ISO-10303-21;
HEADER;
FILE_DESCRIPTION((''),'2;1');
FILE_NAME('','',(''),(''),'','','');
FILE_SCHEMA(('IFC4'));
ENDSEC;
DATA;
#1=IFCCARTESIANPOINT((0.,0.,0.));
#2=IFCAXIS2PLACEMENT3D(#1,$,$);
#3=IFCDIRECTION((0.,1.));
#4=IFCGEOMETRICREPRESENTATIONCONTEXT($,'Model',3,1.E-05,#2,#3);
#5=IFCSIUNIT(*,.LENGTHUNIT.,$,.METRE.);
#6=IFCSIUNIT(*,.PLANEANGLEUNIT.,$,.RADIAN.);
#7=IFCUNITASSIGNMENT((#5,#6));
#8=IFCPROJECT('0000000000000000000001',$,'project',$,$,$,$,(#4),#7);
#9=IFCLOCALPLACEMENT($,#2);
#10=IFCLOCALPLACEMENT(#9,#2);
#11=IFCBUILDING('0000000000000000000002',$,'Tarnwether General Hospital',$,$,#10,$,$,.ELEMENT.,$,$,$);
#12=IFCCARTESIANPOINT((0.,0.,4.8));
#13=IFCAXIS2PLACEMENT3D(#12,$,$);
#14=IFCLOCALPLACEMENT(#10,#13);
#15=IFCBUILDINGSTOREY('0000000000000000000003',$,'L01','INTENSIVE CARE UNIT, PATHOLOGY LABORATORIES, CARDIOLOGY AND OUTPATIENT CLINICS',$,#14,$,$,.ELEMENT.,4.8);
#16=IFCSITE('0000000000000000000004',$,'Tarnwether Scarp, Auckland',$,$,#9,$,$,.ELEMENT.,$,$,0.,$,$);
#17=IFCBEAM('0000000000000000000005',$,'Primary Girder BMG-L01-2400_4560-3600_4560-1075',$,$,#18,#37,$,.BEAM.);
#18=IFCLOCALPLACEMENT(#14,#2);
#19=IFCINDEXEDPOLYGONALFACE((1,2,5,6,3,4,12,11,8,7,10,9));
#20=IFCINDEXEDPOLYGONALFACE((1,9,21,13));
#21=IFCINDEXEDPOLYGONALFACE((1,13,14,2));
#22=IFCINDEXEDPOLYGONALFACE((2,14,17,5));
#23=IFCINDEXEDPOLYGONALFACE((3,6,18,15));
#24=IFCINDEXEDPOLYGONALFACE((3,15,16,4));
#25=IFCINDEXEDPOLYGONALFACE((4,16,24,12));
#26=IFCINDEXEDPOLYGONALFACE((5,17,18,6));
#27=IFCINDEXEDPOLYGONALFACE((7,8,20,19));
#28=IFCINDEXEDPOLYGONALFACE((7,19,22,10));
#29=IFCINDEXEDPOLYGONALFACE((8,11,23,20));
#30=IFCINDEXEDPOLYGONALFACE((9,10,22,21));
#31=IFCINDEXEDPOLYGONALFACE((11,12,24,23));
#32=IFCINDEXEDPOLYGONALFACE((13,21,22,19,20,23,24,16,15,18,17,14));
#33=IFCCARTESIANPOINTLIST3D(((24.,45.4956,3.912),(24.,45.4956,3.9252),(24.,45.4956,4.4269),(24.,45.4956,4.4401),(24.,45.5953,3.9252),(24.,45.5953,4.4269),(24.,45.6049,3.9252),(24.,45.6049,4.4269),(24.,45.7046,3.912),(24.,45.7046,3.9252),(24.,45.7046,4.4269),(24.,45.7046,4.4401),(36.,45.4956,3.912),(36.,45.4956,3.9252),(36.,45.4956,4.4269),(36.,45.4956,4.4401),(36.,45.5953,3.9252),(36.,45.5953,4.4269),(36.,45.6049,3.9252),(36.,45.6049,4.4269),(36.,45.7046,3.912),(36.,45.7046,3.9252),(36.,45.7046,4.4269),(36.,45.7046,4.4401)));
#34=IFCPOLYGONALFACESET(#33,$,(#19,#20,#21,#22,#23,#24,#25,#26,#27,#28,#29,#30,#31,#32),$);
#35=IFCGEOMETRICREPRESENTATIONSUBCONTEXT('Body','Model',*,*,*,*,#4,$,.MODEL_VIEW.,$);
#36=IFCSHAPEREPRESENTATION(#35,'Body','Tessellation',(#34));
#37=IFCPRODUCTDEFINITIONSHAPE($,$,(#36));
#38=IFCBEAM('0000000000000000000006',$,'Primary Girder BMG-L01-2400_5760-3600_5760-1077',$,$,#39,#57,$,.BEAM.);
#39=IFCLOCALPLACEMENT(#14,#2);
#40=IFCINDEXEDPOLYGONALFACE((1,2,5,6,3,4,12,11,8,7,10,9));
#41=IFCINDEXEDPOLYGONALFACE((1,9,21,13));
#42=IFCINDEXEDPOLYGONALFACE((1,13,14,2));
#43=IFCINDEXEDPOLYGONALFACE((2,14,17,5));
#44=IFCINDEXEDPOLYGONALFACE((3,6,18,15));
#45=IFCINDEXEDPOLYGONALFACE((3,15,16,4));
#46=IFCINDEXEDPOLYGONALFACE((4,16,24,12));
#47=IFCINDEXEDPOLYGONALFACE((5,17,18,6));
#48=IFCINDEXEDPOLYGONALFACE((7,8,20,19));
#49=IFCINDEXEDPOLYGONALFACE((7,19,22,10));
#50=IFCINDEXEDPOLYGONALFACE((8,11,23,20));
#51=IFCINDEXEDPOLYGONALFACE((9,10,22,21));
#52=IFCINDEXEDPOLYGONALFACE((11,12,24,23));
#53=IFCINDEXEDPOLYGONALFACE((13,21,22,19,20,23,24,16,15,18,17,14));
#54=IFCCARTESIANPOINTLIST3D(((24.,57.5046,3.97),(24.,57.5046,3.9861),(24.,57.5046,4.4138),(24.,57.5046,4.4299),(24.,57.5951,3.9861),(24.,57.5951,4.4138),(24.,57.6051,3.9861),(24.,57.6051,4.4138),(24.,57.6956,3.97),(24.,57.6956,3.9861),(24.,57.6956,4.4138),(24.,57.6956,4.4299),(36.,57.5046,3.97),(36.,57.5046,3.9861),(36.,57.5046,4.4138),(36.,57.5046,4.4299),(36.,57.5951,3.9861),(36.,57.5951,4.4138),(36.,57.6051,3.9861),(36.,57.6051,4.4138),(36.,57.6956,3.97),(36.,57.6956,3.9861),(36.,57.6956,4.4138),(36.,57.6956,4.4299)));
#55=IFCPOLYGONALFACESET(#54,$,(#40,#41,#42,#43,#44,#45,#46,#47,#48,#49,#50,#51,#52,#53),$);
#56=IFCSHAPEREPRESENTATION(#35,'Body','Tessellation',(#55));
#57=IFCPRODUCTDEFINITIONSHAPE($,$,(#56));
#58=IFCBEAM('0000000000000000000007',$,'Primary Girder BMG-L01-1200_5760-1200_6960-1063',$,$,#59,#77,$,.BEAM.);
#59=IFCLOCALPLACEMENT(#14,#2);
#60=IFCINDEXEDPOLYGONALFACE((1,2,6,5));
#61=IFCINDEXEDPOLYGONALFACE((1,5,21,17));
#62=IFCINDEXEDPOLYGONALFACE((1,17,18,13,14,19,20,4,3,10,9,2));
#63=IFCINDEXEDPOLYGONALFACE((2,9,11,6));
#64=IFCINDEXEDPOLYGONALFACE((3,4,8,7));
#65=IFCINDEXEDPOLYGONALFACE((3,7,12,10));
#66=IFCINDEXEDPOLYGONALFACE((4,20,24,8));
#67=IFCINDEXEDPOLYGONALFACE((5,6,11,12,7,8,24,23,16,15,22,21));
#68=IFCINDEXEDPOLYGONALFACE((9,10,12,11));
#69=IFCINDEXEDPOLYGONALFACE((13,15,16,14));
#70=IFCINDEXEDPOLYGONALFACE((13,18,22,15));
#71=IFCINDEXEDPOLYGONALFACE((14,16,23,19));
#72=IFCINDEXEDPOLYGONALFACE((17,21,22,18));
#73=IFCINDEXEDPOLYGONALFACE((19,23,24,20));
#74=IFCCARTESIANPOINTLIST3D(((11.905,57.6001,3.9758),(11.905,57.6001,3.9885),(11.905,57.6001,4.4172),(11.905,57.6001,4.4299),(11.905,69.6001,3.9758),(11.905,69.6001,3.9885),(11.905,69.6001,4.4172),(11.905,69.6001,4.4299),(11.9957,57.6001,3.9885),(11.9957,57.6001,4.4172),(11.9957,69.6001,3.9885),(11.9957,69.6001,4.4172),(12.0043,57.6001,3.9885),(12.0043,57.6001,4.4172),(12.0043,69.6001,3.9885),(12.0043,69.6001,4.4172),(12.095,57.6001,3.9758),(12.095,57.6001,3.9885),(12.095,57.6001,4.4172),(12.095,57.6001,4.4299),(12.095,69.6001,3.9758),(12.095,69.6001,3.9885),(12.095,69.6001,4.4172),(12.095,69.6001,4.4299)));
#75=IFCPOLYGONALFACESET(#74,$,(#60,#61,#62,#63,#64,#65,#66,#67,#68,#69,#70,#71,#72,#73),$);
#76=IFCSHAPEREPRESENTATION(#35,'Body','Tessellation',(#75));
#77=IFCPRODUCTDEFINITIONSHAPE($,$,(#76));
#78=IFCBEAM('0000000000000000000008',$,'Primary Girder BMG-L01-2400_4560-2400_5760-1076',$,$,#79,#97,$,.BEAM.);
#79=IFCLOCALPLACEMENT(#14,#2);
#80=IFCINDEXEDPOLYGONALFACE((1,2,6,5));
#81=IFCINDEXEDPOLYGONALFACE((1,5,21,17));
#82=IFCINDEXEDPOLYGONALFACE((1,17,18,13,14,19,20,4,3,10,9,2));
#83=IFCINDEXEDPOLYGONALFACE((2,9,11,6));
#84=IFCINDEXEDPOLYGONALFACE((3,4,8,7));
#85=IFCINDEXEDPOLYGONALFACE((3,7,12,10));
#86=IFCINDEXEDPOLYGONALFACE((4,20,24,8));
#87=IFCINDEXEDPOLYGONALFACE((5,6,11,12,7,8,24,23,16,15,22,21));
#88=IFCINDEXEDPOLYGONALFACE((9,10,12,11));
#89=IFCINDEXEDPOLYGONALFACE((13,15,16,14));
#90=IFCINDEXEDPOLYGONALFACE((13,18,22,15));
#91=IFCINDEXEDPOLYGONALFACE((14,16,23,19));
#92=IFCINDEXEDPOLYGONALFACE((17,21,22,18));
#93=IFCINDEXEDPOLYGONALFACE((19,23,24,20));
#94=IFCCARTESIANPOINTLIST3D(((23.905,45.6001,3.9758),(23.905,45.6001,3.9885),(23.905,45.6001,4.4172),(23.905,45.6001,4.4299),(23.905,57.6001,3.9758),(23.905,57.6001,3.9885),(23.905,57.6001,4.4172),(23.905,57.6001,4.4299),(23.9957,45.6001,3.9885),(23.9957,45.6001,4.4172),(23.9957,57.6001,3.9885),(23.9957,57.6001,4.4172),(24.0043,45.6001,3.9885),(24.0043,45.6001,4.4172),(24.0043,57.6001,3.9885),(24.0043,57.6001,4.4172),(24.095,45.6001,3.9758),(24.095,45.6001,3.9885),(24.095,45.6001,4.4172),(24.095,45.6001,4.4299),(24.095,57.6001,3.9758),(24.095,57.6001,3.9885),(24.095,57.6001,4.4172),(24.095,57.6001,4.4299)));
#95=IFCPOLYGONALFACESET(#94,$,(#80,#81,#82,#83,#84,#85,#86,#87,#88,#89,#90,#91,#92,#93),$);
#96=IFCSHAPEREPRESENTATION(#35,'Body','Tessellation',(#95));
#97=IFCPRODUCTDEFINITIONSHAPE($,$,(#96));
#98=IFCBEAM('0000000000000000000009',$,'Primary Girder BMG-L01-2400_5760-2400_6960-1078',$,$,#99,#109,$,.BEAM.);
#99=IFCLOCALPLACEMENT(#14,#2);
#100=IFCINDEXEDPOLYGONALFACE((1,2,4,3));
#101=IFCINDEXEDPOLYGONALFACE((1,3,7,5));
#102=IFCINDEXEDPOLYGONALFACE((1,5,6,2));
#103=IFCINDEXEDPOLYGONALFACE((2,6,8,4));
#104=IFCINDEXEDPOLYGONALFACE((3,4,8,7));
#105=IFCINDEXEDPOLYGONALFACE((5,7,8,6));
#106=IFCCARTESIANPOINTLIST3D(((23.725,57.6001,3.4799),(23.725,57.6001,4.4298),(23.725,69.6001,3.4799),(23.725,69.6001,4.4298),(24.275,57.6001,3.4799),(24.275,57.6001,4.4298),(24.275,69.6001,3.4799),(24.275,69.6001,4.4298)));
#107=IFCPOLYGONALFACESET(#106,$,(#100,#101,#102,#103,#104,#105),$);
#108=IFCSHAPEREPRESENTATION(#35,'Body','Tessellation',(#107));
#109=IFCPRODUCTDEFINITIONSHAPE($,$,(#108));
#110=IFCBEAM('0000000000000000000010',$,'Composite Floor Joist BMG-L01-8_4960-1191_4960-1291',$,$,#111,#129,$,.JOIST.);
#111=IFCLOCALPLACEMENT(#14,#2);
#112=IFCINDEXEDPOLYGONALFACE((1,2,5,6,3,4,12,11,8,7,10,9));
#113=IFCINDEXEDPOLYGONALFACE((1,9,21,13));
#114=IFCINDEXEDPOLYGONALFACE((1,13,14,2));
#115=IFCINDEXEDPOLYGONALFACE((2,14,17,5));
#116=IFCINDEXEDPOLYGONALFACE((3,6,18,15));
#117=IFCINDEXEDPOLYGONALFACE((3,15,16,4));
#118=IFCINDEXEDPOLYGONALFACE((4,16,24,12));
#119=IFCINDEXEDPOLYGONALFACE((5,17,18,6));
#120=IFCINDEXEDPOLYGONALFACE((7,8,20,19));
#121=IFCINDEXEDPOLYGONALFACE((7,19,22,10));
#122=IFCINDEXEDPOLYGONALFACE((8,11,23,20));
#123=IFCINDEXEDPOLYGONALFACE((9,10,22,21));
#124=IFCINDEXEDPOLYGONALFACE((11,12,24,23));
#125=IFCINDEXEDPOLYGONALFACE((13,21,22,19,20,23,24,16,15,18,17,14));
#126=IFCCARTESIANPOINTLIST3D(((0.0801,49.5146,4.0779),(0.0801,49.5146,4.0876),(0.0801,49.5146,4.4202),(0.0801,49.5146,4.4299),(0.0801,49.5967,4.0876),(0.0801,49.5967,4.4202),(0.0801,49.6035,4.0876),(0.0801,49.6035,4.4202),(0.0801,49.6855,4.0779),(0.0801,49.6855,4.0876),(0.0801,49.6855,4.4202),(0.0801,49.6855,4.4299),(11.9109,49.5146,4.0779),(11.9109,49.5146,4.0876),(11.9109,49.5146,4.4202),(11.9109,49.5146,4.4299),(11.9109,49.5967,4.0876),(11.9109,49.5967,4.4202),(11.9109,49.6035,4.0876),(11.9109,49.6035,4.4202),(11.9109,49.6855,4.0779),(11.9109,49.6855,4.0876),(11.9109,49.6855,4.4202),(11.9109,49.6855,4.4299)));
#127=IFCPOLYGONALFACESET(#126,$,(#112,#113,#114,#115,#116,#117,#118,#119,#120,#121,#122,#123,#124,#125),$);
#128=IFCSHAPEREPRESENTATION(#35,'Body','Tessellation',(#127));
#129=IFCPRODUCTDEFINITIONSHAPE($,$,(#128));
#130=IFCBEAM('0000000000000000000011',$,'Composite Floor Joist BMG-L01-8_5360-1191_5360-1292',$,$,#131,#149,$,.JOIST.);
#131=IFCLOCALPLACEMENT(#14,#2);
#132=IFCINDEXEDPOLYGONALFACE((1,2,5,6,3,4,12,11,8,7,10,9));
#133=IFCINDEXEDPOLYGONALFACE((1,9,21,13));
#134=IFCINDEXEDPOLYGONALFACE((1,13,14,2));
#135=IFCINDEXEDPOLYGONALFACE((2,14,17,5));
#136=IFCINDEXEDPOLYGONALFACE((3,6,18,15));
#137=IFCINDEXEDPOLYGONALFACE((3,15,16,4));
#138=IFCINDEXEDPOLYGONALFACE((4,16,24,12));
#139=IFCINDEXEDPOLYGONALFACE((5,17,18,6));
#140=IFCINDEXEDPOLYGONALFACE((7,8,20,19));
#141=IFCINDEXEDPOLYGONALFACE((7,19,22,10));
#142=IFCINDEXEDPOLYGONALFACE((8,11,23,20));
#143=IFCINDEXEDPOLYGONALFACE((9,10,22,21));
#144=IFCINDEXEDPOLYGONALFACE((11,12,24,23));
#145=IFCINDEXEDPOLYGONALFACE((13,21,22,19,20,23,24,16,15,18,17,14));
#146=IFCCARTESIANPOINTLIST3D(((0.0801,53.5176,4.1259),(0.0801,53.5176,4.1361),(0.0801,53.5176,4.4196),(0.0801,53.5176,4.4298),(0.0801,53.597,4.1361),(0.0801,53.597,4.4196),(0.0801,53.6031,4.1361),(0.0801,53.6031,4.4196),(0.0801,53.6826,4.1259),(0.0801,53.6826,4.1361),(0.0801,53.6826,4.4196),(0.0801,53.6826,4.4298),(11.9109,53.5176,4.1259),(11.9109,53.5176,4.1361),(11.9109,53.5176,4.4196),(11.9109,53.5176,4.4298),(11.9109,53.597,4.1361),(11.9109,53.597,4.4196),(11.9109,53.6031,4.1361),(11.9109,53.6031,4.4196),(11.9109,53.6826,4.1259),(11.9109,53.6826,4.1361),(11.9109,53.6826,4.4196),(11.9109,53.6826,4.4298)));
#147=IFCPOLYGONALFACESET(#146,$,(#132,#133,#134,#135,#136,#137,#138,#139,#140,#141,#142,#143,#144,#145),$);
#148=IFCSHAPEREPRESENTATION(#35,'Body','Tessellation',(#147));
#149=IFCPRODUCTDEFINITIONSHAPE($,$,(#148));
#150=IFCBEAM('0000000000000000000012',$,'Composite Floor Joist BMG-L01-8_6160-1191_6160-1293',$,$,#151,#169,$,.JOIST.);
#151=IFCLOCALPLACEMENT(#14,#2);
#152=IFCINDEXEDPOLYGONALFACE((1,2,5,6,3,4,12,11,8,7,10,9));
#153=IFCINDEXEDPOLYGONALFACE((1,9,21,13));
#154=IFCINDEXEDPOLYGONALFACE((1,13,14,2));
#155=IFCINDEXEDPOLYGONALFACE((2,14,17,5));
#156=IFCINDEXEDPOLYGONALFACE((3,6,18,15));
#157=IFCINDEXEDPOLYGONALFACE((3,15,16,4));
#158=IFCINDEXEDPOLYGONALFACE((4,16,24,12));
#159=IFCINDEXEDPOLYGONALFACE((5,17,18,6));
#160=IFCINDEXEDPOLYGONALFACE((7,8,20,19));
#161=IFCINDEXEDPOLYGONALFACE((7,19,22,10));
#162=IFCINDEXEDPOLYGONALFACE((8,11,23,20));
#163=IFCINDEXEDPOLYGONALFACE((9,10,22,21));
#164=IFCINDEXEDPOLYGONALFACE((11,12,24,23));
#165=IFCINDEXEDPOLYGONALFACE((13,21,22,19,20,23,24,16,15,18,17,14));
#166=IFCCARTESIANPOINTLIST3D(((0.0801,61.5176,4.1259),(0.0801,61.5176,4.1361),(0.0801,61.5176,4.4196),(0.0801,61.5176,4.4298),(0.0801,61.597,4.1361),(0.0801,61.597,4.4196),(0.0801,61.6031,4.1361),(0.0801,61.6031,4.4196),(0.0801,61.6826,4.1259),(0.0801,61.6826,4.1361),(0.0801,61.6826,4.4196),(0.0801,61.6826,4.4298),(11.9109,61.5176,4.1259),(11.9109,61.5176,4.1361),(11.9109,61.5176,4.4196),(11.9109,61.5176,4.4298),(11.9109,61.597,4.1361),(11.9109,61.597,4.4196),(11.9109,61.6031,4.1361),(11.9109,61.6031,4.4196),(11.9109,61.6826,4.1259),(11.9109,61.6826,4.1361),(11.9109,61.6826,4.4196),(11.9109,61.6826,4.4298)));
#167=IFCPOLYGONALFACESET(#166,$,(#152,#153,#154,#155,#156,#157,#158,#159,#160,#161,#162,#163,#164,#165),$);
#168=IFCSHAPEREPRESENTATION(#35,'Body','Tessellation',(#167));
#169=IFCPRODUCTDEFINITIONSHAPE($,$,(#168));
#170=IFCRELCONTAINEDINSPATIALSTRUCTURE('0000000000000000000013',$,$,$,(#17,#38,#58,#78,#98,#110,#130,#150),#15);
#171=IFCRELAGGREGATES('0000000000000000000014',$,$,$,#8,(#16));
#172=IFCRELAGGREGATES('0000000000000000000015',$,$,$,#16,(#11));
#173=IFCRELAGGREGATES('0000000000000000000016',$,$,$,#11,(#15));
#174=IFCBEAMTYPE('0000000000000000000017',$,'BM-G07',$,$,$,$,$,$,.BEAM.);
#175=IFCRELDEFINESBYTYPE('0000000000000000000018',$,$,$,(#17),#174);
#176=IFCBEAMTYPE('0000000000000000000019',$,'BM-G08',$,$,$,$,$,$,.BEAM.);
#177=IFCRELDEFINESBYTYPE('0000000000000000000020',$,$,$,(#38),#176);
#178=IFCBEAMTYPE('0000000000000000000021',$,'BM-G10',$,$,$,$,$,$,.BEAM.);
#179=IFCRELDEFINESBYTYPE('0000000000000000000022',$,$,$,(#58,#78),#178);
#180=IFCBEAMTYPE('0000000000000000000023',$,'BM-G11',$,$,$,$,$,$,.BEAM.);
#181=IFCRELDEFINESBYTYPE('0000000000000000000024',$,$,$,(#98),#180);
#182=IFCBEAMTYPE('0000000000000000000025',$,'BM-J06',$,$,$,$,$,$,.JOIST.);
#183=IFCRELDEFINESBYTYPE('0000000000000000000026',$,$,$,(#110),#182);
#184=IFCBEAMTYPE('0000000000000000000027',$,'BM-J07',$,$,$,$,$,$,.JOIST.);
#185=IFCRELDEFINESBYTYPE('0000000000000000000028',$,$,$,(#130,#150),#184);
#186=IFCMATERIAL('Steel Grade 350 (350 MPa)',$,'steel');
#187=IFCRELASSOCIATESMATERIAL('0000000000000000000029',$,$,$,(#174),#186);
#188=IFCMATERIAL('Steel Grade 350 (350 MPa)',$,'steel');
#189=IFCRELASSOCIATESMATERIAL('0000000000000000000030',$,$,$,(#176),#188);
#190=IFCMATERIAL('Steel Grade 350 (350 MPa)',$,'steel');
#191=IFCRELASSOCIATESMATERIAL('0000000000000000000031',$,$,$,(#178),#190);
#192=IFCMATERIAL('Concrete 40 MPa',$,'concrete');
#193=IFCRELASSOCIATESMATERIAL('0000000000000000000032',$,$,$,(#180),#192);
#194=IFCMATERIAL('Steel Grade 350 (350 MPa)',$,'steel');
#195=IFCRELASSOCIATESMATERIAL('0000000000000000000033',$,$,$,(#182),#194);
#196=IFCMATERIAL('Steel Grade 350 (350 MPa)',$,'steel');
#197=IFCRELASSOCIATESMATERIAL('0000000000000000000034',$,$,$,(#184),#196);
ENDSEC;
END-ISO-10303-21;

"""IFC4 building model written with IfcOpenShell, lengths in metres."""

from ifc_helpers import new_model, si_unit, direction, frame, origin, origin_2d, place, context, subcontext, project, spatial, rectangle, i_section, extrude, material, material_profile, profile_set, type_object, element, save


model = new_model("IFC4")

# Units and contexts
model_context = context("Model", 3, precision=1e-05, world=origin(), true_north=direction((0.0, 1.0)))
body_context = subcontext(model_context, "Body", "Model", "MODEL_VIEW")
ifc_project = project(units=[si_unit("LENGTHUNIT", "METRE"), si_unit("PLANEANGLEUNIT", "RADIAN")], contexts=[model_context])

# Site, building, storey
site_placement = place(None, origin())
site = spatial("IfcSite", under=ifc_project, at=site_placement, Name="Tarnwether Scarp, Auckland", CompositionType="ELEMENT", RefElevation=0.0)
building_placement = place(site_placement, origin())
building = spatial("IfcBuilding", under=site, at=building_placement, Name="Tarnwether General Hospital", CompositionType="ELEMENT")
storey_placement = place(building_placement, frame((0.0, 0.0, 4.8)))
storey = spatial("IfcBuildingStorey", under=building, at=storey_placement, Name="L01", Description="INTENSIVE CARE UNIT, PATHOLOGY LABORATORIES, CARDIOLOGY AND OUTPATIENT CLINICS", CompositionType="ELEMENT", Elevation=4.8)

# Beams
ifc_material_1 = material(Name="Steel Grade 350 (350 MPa)", Category="steel")
ifc_material_profile_1 = material_profile(ifc_material_1, i_section(OverallWidth=0.209, OverallDepth=0.5281, WebThickness=0.0095, FlangeThickness=0.0132, at=origin_2d()), Name="530UB82.0")
ifc_profile_set_1 = profile_set([ifc_material_profile_1], Name="Steel Grade 350 (350 MPa)")
beam_type_1 = type_object("IfcBeamType", Name="BM-G07", PredefinedType="BEAM", material=ifc_profile_set_1)
for number, where, z_axis, x_axis, name in (
    (1, (24.0, 45.6001, 4.176), (1.0, 0.0, 0.0), (0.0, 1.0, 0.0), "Primary Girder BMG-L01-2400_4560-3600_4560-1075"),
):
    element("IfcBeam", number, at=place(storey_placement, frame(where, z_axis=z_axis, x_axis=x_axis)), inside=storey, type_object=beam_type_1, Name=name, PredefinedType="BEAM", context=body_context, shape_type="SweptSolid", body=[
        extrude(i_section(OverallWidth=0.209, OverallDepth=0.5281, WebThickness=0.0095, FlangeThickness=0.0132, at=origin_2d()), origin(), (0.0, 0.0, 1.0), 12.0),
    ])
ifc_material_2 = material(Name="Steel Grade 350 (350 MPa)", Category="steel")
ifc_material_profile_2 = material_profile(ifc_material_2, i_section(OverallWidth=0.1909, OverallDepth=0.46, WebThickness=0.01, FlangeThickness=0.0161, at=origin_2d()), Name="460UB82.1")
ifc_profile_set_2 = profile_set([ifc_material_profile_2], Name="Steel Grade 350 (350 MPa)")
beam_type_2 = type_object("IfcBeamType", Name="BM-G08", PredefinedType="BEAM", material=ifc_profile_set_2)
beam_1_placement = place(storey_placement, frame((24.0, 57.6001, 4.2), z_axis=(1.0, 0.0, 0.0), x_axis=(0.0, 1.0, 0.0)))
element("IfcBeam", 2, at=beam_1_placement, inside=storey, type_object=beam_type_2, Name="Primary Girder BMG-L01-2400_5760-3600_5760-1077", PredefinedType="BEAM", context=body_context, shape_type="SweptSolid", body=[
    extrude(i_section(OverallWidth=0.1909, OverallDepth=0.46, WebThickness=0.01, FlangeThickness=0.0161, at=origin_2d()), origin(), (0.0, 0.0, 1.0), 12.0),
])
ifc_material_3 = material(Name="Steel Grade 350 (350 MPa)", Category="steel")
ifc_material_profile_3 = material_profile(ifc_material_3, i_section(OverallWidth=0.1899, OverallDepth=0.4541, WebThickness=0.0085, FlangeThickness=0.0127, at=origin_2d()), Name="460UB67.1")
ifc_profile_set_3 = profile_set([ifc_material_profile_3], Name="Steel Grade 350 (350 MPa)")
beam_type_3 = type_object("IfcBeamType", Name="BM-G10", PredefinedType="BEAM", material=ifc_profile_set_3)
for number, where, z_axis, x_axis, name in (
    (3, (12.0, 57.6001, 4.2029), (0.0, 1.0, 0.0), (-1.0, 0.0, 0.0), "Primary Girder BMG-L01-1200_5760-1200_6960-1063"),
    (4, (24.0, 45.6001, 4.2029), (0.0, 1.0, 0.0), (-1.0, 0.0, 0.0), "Primary Girder BMG-L01-2400_4560-2400_5760-1076"),
):
    element("IfcBeam", number, at=place(storey_placement, frame(where, z_axis=z_axis, x_axis=x_axis)), inside=storey, type_object=beam_type_3, Name=name, PredefinedType="BEAM", context=body_context, shape_type="SweptSolid", body=[
        extrude(i_section(OverallWidth=0.1899, OverallDepth=0.4541, WebThickness=0.0085, FlangeThickness=0.0127, at=origin_2d()), origin(), (0.0, 0.0, 1.0), 12.0),
    ])
ifc_material_4 = material(Name="Concrete 40 MPa", Category="concrete")
ifc_material_profile_4 = material_profile(ifc_material_4, rectangle(XDim=0.55, YDim=0.95, at=origin_2d()), Name="RC-BM-550x950")
ifc_profile_set_4 = profile_set([ifc_material_profile_4], Name="Concrete 40 MPa")
beam_type_4 = type_object("IfcBeamType", Name="BM-G11", PredefinedType="BEAM", material=ifc_profile_set_4)
beam_2_placement = place(storey_placement, frame((24.0, 57.6001, 3.9548), z_axis=(0.0, 1.0, 0.0), x_axis=(-1.0, 0.0, 0.0)))
element("IfcBeam", 5, at=beam_2_placement, inside=storey, type_object=beam_type_4, Name="Primary Girder BMG-L01-2400_5760-2400_6960-1078", PredefinedType="BEAM", context=body_context, shape_type="SweptSolid", body=[
    extrude(rectangle(XDim=0.55, YDim=0.95, at=origin_2d()), origin(), (0.0, 0.0, 1.0), 12.0),
])
ifc_material_5 = material(Name="Steel Grade 350 (350 MPa)", Category="steel")
ifc_material_profile_5 = material_profile(ifc_material_5, i_section(OverallWidth=0.1709, OverallDepth=0.3521, WebThickness=0.0068, FlangeThickness=0.0098, at=origin_2d()), Name="360UB44.7")
ifc_profile_set_5 = profile_set([ifc_material_profile_5], Name="Steel Grade 350 (350 MPa)")
beam_type_5 = type_object("IfcBeamType", Name="BM-J06", PredefinedType="JOIST", material=ifc_profile_set_5)
beam_3_placement = place(storey_placement, frame((0.0801, 49.6001, 4.2539), z_axis=(1.0, 0.0, 0.0), x_axis=(0.0, 1.0, 0.0)))
element("IfcBeam", 6, at=beam_3_placement, inside=storey, type_object=beam_type_5, Name="Composite Floor Joist BMG-L01-8_4960-1191_4960-1291", PredefinedType="JOIST", context=body_context, shape_type="SweptSolid", body=[
    extrude(i_section(OverallWidth=0.1709, OverallDepth=0.3521, WebThickness=0.0068, FlangeThickness=0.0098, at=origin_2d()), origin(), (0.0, 0.0, 1.0), 11.8308),
])
ifc_material_6 = material(Name="Steel Grade 350 (350 MPa)", Category="steel")
ifc_material_profile_6 = material_profile(ifc_material_6, i_section(OverallWidth=0.165, OverallDepth=0.304, WebThickness=0.0061, FlangeThickness=0.0103, at=origin_2d()), Name="310UB40.4")
ifc_profile_set_6 = profile_set([ifc_material_profile_6], Name="Steel Grade 350 (350 MPa)")
beam_type_6 = type_object("IfcBeamType", Name="BM-J07", PredefinedType="JOIST", material=ifc_profile_set_6)
for number, where, z_axis, x_axis, name in (
    (7, (0.0801, 53.6001, 4.2778), (1.0, 0.0, 0.0), (0.0, 1.0, 0.0), "Composite Floor Joist BMG-L01-8_5360-1191_5360-1292"),
    (8, (0.0801, 61.6001, 4.2778), (1.0, 0.0, 0.0), (0.0, 1.0, 0.0), "Composite Floor Joist BMG-L01-8_6160-1191_6160-1293"),
):
    element("IfcBeam", number, at=place(storey_placement, frame(where, z_axis=z_axis, x_axis=x_axis)), inside=storey, type_object=beam_type_6, Name=name, PredefinedType="JOIST", context=body_context, shape_type="SweptSolid", body=[
        extrude(i_section(OverallWidth=0.165, OverallDepth=0.304, WebThickness=0.0061, FlangeThickness=0.0103, at=origin_2d()), origin(), (0.0, 0.0, 1.0), 11.8308),
    ])

save(model, "model.ifc")
